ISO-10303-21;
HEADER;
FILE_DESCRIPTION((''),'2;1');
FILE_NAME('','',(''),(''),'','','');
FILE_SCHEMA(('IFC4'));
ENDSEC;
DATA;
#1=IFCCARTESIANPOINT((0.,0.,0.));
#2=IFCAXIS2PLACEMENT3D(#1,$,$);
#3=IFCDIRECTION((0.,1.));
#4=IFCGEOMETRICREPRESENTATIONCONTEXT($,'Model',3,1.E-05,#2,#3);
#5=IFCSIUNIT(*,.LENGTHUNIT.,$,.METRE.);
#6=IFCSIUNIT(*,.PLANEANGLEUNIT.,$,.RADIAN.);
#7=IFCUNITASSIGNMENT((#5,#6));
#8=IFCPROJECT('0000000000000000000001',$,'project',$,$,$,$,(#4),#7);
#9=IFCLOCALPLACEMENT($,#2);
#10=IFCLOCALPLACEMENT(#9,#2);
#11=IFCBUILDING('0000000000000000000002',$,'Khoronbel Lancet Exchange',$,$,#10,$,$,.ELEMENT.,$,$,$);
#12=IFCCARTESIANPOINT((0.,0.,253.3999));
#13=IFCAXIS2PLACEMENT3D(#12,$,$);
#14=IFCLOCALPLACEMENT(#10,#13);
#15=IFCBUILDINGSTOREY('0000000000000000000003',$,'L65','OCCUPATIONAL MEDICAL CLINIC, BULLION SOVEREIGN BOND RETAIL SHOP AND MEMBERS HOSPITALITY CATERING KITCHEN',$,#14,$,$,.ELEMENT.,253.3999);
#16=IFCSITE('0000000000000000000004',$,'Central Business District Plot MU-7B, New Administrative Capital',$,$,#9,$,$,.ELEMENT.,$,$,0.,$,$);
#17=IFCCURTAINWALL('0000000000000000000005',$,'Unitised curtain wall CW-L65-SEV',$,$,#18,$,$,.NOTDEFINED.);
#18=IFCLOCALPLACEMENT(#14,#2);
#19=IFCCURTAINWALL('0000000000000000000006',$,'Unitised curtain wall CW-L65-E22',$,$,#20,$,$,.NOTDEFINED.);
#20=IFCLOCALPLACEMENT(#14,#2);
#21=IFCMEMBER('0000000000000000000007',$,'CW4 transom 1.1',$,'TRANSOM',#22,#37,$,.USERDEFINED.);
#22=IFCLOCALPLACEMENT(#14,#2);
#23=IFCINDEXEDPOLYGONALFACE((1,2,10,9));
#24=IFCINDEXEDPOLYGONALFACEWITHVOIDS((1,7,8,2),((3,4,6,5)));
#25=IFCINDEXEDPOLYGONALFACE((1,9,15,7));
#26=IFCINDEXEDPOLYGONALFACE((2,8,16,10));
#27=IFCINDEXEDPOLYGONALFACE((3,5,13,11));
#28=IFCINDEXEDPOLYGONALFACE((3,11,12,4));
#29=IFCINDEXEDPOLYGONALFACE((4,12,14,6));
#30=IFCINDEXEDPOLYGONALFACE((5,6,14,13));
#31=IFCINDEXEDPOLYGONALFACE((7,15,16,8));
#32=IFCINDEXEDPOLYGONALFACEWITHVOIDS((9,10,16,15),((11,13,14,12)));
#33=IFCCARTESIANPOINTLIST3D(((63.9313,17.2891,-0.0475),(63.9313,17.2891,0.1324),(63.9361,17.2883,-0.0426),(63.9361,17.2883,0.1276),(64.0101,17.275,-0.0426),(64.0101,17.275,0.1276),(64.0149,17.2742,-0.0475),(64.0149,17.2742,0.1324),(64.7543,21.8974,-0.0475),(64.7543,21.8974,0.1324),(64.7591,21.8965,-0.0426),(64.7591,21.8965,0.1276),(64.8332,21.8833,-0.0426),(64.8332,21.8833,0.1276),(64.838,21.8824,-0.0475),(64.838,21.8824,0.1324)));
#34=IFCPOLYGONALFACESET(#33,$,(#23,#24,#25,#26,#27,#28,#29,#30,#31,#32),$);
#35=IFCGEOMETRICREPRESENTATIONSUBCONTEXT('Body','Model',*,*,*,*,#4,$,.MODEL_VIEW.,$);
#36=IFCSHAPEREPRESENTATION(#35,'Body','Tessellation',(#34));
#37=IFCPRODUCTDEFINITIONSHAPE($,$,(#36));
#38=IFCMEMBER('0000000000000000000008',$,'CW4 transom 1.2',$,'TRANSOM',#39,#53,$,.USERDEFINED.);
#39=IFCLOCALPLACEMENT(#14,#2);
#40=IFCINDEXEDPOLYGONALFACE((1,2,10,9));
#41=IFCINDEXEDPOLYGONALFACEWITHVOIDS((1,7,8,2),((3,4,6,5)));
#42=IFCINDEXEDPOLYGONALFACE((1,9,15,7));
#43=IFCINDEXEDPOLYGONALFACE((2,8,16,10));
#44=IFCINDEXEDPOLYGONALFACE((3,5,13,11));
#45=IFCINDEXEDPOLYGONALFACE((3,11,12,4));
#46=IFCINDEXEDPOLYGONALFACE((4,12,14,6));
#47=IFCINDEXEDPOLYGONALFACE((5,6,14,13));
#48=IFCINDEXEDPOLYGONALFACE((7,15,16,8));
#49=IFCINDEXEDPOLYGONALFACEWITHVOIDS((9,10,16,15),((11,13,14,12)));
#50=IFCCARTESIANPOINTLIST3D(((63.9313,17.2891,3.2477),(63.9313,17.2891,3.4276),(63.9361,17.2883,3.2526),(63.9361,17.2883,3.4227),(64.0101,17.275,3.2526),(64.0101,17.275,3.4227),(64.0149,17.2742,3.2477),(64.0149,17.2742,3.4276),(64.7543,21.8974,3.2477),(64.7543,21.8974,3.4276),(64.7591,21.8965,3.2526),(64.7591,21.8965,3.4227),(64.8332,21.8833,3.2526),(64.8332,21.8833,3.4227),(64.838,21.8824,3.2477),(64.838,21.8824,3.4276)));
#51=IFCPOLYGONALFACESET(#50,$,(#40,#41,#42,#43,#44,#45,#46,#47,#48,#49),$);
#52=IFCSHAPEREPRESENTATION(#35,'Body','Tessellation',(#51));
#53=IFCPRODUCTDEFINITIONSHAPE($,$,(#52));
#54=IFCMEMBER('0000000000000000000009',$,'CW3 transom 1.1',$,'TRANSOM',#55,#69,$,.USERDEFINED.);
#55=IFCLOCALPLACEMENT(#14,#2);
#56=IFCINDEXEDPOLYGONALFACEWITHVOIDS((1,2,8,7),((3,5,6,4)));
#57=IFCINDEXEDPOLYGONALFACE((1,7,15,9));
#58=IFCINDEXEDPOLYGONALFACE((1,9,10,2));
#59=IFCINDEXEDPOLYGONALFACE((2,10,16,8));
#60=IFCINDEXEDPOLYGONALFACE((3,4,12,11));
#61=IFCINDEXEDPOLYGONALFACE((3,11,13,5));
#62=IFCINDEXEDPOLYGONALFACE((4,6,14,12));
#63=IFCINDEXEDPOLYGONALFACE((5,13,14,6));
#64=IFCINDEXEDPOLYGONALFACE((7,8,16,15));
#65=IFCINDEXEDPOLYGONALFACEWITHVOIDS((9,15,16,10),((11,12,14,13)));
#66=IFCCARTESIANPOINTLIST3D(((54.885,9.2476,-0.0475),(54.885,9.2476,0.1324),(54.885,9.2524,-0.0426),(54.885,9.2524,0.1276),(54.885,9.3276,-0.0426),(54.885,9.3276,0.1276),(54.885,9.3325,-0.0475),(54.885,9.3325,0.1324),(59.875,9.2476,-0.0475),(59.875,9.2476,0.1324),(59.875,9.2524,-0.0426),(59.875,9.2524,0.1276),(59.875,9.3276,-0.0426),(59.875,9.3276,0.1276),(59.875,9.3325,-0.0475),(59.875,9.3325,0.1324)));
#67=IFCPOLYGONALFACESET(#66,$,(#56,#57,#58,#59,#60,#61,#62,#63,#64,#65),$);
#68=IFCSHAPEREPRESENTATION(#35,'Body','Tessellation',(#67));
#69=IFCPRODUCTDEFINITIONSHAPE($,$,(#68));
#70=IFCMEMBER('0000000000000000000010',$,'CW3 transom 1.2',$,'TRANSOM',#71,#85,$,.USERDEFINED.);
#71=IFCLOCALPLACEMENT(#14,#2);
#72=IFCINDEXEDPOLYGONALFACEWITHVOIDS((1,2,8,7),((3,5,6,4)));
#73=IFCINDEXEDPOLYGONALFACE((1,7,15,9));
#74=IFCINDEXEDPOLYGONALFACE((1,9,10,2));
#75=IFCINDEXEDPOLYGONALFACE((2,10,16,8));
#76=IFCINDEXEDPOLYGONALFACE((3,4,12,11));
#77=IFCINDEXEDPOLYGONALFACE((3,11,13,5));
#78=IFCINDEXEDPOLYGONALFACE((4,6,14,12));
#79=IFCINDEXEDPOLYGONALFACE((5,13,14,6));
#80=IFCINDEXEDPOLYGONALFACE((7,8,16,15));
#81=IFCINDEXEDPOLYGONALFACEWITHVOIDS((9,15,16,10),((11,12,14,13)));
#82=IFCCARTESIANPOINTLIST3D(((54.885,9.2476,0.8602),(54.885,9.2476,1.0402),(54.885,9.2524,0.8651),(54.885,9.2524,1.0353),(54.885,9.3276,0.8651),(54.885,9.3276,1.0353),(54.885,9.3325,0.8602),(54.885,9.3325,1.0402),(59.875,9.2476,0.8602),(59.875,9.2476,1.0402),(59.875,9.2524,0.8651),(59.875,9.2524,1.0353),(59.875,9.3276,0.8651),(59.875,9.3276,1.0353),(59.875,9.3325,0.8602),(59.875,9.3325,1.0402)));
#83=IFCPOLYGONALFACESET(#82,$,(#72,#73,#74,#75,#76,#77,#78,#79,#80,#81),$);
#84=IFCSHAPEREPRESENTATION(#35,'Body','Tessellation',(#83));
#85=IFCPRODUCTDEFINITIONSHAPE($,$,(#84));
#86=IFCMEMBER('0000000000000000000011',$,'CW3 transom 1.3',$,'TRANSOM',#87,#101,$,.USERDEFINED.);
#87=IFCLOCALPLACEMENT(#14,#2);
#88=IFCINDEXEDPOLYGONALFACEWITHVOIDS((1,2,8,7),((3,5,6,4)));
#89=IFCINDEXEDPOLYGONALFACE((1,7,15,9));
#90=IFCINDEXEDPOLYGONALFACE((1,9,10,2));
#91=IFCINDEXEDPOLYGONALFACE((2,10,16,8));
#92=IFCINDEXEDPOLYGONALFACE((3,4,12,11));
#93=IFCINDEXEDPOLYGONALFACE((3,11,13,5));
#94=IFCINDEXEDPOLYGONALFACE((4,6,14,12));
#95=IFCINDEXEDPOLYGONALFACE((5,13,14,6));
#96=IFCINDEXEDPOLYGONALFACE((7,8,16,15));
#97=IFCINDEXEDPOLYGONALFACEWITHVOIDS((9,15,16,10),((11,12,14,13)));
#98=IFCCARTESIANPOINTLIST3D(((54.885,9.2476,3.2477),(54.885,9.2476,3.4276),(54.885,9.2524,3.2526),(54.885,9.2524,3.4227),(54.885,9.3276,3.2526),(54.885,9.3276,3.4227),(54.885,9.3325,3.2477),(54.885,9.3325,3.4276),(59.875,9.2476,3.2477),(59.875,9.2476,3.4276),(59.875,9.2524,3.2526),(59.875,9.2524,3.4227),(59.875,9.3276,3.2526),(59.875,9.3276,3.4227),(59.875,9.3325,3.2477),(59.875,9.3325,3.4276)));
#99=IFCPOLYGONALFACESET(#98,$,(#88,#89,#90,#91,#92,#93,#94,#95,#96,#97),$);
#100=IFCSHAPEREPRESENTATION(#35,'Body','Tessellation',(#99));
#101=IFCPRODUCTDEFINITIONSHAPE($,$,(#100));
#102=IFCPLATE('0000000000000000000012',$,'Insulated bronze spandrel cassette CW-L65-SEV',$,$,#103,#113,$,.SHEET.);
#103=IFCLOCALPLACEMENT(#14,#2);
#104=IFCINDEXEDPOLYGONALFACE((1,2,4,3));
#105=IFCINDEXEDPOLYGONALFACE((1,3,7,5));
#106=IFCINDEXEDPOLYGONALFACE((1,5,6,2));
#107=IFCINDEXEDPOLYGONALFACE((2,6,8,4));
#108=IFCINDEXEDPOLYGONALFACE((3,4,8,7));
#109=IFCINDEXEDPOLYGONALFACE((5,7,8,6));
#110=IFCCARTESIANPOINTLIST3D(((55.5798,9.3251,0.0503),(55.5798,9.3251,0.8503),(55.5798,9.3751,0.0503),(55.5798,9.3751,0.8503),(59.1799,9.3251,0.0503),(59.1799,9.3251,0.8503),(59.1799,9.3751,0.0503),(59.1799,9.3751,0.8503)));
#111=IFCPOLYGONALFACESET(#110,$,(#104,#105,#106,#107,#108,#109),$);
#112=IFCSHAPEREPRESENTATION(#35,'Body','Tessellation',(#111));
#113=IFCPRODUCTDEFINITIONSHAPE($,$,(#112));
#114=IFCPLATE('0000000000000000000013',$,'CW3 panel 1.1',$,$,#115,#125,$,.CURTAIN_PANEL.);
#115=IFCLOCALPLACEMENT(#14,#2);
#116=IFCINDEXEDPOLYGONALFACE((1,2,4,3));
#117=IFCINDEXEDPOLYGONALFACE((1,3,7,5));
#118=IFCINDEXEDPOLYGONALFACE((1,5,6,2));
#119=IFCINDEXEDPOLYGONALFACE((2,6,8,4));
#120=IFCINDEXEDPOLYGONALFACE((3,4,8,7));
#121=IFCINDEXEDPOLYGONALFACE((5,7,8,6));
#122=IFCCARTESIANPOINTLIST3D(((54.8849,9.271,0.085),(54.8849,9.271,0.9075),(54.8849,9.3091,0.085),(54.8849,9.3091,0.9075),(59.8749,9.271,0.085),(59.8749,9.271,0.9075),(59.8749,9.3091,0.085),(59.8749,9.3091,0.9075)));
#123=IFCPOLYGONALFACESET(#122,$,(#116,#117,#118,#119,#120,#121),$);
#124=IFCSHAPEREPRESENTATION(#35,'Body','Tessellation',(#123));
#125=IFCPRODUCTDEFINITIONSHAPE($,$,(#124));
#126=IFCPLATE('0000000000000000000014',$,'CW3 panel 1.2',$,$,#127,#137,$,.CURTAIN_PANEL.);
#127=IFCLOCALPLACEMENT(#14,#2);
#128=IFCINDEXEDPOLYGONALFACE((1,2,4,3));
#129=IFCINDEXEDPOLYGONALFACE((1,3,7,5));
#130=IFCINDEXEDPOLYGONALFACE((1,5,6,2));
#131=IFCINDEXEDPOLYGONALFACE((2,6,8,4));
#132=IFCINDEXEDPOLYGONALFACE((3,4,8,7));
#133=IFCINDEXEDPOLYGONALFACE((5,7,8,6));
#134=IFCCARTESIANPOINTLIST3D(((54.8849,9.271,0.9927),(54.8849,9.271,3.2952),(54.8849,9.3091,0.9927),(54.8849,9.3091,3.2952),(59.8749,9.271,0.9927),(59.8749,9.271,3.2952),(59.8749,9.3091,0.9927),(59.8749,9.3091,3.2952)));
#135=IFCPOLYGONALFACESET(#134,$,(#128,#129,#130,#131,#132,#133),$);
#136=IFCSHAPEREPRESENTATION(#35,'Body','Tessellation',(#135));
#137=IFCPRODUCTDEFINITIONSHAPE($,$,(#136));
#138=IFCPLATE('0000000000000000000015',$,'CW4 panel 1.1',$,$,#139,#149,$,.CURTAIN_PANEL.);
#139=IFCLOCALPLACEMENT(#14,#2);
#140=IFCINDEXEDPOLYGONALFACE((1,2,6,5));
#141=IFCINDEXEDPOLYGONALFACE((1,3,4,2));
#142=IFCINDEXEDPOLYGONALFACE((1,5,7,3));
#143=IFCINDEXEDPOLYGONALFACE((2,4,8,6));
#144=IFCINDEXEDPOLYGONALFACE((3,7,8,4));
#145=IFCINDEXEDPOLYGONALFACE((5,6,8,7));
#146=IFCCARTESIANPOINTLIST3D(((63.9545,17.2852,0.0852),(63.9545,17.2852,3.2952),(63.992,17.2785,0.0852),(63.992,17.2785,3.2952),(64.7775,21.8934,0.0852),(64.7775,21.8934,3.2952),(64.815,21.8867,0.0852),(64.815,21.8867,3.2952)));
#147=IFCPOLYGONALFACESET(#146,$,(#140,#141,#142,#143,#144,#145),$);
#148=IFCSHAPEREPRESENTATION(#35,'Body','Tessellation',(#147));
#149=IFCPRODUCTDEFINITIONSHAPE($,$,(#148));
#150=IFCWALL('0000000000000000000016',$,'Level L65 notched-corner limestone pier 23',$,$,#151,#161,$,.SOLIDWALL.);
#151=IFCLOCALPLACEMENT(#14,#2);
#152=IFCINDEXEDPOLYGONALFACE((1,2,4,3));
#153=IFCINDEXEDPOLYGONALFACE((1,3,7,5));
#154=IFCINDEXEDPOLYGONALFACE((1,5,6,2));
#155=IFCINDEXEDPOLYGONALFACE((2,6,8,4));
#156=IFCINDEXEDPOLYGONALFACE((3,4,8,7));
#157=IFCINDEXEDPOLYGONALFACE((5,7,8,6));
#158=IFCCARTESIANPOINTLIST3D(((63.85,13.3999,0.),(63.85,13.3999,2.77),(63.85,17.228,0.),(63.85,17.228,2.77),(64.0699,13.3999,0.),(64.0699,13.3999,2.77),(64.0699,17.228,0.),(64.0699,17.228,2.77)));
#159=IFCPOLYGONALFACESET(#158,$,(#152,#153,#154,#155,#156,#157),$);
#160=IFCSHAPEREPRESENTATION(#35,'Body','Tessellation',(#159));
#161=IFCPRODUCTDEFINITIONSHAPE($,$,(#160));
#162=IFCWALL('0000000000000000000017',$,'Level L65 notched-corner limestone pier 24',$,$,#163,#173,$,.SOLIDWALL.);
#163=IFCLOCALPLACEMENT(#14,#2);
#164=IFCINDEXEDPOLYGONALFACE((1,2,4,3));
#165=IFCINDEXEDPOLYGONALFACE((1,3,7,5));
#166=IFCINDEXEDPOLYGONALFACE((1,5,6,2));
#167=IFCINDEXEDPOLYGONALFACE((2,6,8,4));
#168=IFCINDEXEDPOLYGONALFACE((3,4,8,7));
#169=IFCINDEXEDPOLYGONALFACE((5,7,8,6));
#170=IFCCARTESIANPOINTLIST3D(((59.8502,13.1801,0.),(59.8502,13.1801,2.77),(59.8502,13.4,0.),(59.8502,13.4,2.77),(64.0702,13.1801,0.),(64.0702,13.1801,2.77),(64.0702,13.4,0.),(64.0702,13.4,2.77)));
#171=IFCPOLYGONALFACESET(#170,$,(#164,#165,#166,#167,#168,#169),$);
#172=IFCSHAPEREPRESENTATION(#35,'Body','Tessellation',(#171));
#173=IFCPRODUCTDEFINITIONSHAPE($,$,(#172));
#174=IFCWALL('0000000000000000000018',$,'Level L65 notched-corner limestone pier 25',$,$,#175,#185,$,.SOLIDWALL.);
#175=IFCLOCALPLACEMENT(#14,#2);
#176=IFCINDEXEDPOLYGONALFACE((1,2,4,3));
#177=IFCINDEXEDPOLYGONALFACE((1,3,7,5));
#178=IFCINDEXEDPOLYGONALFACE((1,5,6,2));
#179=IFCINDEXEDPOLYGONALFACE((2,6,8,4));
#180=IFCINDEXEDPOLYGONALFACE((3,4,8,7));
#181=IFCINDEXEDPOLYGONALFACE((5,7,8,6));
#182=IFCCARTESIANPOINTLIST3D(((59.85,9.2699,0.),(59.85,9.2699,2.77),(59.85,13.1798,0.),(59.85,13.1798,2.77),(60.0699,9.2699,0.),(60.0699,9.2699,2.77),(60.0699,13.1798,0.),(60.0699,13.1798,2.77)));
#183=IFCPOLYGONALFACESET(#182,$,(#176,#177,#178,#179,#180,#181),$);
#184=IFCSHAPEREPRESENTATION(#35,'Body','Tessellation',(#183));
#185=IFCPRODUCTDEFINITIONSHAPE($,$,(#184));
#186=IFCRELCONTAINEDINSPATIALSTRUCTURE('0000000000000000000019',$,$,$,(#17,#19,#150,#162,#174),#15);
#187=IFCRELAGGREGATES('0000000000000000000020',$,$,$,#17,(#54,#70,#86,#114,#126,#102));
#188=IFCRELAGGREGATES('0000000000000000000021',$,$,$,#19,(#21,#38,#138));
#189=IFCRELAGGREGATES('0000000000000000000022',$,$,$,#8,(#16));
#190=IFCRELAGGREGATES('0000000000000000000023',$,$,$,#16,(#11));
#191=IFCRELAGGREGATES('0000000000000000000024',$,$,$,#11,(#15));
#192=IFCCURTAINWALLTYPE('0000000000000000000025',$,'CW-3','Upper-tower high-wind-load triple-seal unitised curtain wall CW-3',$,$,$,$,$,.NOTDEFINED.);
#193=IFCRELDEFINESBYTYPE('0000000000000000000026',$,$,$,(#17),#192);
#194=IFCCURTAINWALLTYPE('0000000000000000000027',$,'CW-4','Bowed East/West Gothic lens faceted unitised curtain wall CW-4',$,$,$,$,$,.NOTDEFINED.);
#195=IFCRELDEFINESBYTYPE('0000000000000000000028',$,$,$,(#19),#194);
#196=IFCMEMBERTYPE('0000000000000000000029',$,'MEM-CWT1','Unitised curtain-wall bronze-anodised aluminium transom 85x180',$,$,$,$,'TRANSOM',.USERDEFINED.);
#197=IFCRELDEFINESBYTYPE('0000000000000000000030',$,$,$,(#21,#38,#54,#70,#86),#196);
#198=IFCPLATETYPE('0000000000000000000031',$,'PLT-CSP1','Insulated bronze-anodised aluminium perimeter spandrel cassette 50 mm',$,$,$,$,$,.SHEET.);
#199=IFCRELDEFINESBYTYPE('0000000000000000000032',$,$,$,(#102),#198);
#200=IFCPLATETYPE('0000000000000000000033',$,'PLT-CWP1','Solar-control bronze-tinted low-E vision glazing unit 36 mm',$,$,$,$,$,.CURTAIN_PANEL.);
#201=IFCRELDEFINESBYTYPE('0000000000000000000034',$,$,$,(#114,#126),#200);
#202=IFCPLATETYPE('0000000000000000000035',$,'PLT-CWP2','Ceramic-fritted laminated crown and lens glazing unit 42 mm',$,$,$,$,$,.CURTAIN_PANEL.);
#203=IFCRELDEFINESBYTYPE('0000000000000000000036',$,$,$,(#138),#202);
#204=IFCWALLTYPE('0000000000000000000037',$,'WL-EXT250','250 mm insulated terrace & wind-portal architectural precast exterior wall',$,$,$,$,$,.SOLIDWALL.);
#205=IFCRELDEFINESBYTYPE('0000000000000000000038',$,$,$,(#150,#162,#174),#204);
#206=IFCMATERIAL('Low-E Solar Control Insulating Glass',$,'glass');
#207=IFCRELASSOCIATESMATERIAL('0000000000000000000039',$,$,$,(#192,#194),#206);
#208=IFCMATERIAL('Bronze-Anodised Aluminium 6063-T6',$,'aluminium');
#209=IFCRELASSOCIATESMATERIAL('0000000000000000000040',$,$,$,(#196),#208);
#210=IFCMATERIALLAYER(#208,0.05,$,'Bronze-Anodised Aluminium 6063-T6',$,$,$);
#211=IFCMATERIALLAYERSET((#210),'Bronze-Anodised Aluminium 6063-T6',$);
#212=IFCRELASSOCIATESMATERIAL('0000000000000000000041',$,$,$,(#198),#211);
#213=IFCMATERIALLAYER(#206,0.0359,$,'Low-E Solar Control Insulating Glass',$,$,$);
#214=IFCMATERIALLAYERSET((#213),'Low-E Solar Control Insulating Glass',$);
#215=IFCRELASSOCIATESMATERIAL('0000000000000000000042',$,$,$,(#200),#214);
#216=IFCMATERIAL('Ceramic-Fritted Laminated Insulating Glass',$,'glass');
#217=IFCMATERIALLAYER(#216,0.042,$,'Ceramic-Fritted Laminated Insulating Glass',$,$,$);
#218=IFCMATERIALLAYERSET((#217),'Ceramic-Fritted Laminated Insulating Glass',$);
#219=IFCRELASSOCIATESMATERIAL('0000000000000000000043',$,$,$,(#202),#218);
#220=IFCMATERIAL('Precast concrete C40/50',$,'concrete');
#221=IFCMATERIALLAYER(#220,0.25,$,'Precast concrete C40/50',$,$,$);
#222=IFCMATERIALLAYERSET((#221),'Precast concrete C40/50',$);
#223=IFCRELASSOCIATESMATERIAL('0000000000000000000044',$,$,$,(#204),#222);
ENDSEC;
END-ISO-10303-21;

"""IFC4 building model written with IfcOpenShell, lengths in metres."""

from ifc_helpers import new_model, si_unit, direction, frame, frame_2d, origin, origin_2d, place, context, subcontext, project, spatial, rectangle, hollow_rectangle, extrude, material, layer, layer_set, material_profile, profile_set, type_object, element, aggregate, save


model = new_model("IFC4")

# Units and contexts
model_context = context("Model", 3, precision=1e-05, world=origin(), true_north=direction((0.0, 1.0)))
body_context = subcontext(model_context, "Body", "Model", "MODEL_VIEW")
ifc_project = project(units=[si_unit("LENGTHUNIT", "METRE"), si_unit("PLANEANGLEUNIT", "RADIAN")], contexts=[model_context])

# Site, building, storey
site_placement = place(None, origin())
site = spatial("IfcSite", under=ifc_project, at=site_placement, Name="Central Business District Plot MU-7B, New Administrative Capital", CompositionType="ELEMENT", RefElevation=0.0)
building_placement = place(site_placement, origin())
building = spatial("IfcBuilding", under=site, at=building_placement, Name="Khoronbel Lancet Exchange", CompositionType="ELEMENT")
storey_placement = place(building_placement, frame((0.0, 0.0, 253.3999)))
storey = spatial("IfcBuildingStorey", under=building, at=storey_placement, Name="L65", Description="OCCUPATIONAL MEDICAL CLINIC, BULLION SOVEREIGN BOND RETAIL SHOP AND MEMBERS HOSPITALITY CATERING KITCHEN", CompositionType="ELEMENT", Elevation=253.3999)

# Shared definitions
ifc_material_1 = material(Name="Low-E Solar Control Insulating Glass", Category="glass")
curtain_wall_type_1 = type_object("IfcCurtainWallType", Name="CW-3", Description="Upper-tower high-wind-load triple-seal unitised curtain wall CW-3", PredefinedType="NOTDEFINED", material=ifc_material_1)
ifc_material_2 = material(Name="Bronze-Anodised Aluminium 6063-T6", Category="aluminium")

# Curtain walls, members
curtain_wall_1_placement = place(storey_placement, origin())
curtain_wall_1 = element("IfcCurtainWall", 1, at=curtain_wall_1_placement, inside=storey, type_object=curtain_wall_type_1, Name="Unitised curtain wall CW-L65-SEV", PredefinedType="NOTDEFINED")
curtain_wall_type_2 = type_object("IfcCurtainWallType", Name="CW-4", Description="Bowed East/West Gothic lens faceted unitised curtain wall CW-4", PredefinedType="NOTDEFINED", material=ifc_material_1)
curtain_wall_2_placement = place(storey_placement, origin())
curtain_wall_2 = element("IfcCurtainWall", 2, at=curtain_wall_2_placement, inside=storey, type_object=curtain_wall_type_2, Name="Unitised curtain wall CW-L65-E22", PredefinedType="NOTDEFINED")
ifc_material_profile_1 = material_profile(ifc_material_2, hollow_rectangle(XDim=0.085, YDim=0.1799, WallThickness=0.0049, at=origin_2d()), Name="ALU TRANSOM 85x180")
ifc_profile_set_1 = profile_set([ifc_material_profile_1], Name="Bronze-Anodised Aluminium 6063-T6")
member_type_1 = type_object("IfcMemberType", Name="MEM-CWT1", Description="Unitised curtain-wall bronze-anodised aluminium transom 85x180", ElementType="TRANSOM", PredefinedType="USERDEFINED", material=ifc_profile_set_1)
member_1_placement = place(storey_placement, frame((64.7961, 21.8899, 0.0425), z_axis=(-0.175814, -0.984423, 0.0), x_axis=(0.984423, -0.175814, 0.0)))
member_1 = element("IfcMember", 3, at=member_1_placement, type_object=member_type_1, Name="CW4 transom 1.1", ObjectType="TRANSOM", PredefinedType="USERDEFINED", context=body_context, shape_type="SweptSolid", body=[
    extrude(hollow_rectangle(XDim=0.085, YDim=0.1799, WallThickness=0.0049, at=origin_2d()), origin(), (0.0, 0.0, 1.0), 4.6812),
])
member_2_placement = place(storey_placement, frame((64.7961, 21.8899, 3.3376), z_axis=(-0.175814, -0.984423, 0.0), x_axis=(0.984423, -0.175814, 0.0)))
member_2 = element("IfcMember", 4, at=member_2_placement, type_object=member_type_1, Name="CW4 transom 1.2", ObjectType="TRANSOM", PredefinedType="USERDEFINED", context=body_context, shape_type="SweptSolid", body=[
    extrude(hollow_rectangle(XDim=0.085, YDim=0.1799, WallThickness=0.0049, at=origin_2d()), origin(), (0.0, 0.0, 1.0), 4.6812),
])

# Members
member_3_placement = place(storey_placement, frame((54.885, 9.29, 0.0425), z_axis=(1.0, 0.0, 0.0), x_axis=(0.0, 1.0, 0.0)))
member_3 = element("IfcMember", 5, at=member_3_placement, type_object=member_type_1, Name="CW3 transom 1.1", ObjectType="TRANSOM", PredefinedType="USERDEFINED", context=body_context, shape_type="SweptSolid", body=[
    extrude(hollow_rectangle(XDim=0.085, YDim=0.1799, WallThickness=0.0049, at=origin_2d()), origin(), (0.0, 0.0, 1.0), 4.99),
])
member_4_placement = place(storey_placement, frame((54.885, 9.29, 0.9502), z_axis=(1.0, 0.0, 0.0), x_axis=(0.0, 1.0, 0.0)))
member_4 = element("IfcMember", 6, at=member_4_placement, type_object=member_type_1, Name="CW3 transom 1.2", ObjectType="TRANSOM", PredefinedType="USERDEFINED", context=body_context, shape_type="SweptSolid", body=[
    extrude(hollow_rectangle(XDim=0.085, YDim=0.1799, WallThickness=0.0049, at=origin_2d()), origin(), (0.0, 0.0, 1.0), 4.99),
])
member_5_placement = place(storey_placement, frame((54.885, 9.29, 3.3376), z_axis=(1.0, 0.0, 0.0), x_axis=(0.0, 1.0, 0.0)))
member_5 = element("IfcMember", 7, at=member_5_placement, type_object=member_type_1, Name="CW3 transom 1.3", ObjectType="TRANSOM", PredefinedType="USERDEFINED", context=body_context, shape_type="SweptSolid", body=[
    extrude(hollow_rectangle(XDim=0.085, YDim=0.1799, WallThickness=0.0049, at=origin_2d()), origin(), (0.0, 0.0, 1.0), 4.99),
])

# Plates
ifc_layer_1 = layer(ifc_material_2, 0.05, Name="Bronze-Anodised Aluminium 6063-T6")
ifc_layer_set_1 = layer_set([ifc_layer_1], Name="Bronze-Anodised Aluminium 6063-T6")
plate_type_1 = type_object("IfcPlateType", Name="PLT-CSP1", Description="Insulated bronze-anodised aluminium perimeter spandrel cassette 50 mm", PredefinedType="SHEET", material=ifc_layer_set_1)
plate_1_placement = place(storey_placement, frame((57.3799, 9.3501, 0.0503), z_axis=(0.0, 0.0, 1.0), x_axis=(1.0, 0.0, 0.0)))
plate_1 = element("IfcPlate", 8, at=plate_1_placement, type_object=plate_type_1, Name="Insulated bronze spandrel cassette CW-L65-SEV", PredefinedType="SHEET", context=body_context, shape_type="SweptSolid", body=[
    extrude(rectangle(XDim=3.6001, YDim=0.05, at=origin_2d()), origin(), (0.0, 0.0, 1.0), 0.8),
])
ifc_layer_2 = layer(ifc_material_1, 0.0359, Name="Low-E Solar Control Insulating Glass")
ifc_layer_set_2 = layer_set([ifc_layer_2], Name="Low-E Solar Control Insulating Glass")
plate_type_2 = type_object("IfcPlateType", Name="PLT-CWP1", Description="Solar-control bronze-tinted low-E vision glazing unit 36 mm", PredefinedType="CURTAIN_PANEL", material=ifc_layer_set_2)
plate_2_placement = place(storey_placement, frame((57.3799, 9.29, 0.085), z_axis=(0.0, 0.0, 1.0), x_axis=(1.0, 0.0, 0.0)))
plate_2 = element("IfcPlate", 9, at=plate_2_placement, type_object=plate_type_2, Name="CW3 panel 1.1", PredefinedType="CURTAIN_PANEL", context=body_context, shape_type="SweptSolid", body=[
    extrude(rectangle(XDim=4.99, YDim=0.0381, at=origin_2d()), origin(), (0.0, 0.0, 1.0), 0.8225),
])
plate_3_placement = place(storey_placement, frame((57.3799, 9.29, 0.9927), z_axis=(0.0, 0.0, 1.0), x_axis=(1.0, 0.0, 0.0)))
plate_3 = element("IfcPlate", 10, at=plate_3_placement, type_object=plate_type_2, Name="CW3 panel 1.2", PredefinedType="CURTAIN_PANEL", context=body_context, shape_type="SweptSolid", body=[
    extrude(rectangle(XDim=4.99, YDim=0.0381, at=origin_2d()), origin(), (0.0, 0.0, 1.0), 2.3025),
])
aggregate(curtain_wall_1, [member_3, member_4, member_5, plate_2, plate_3, plate_1])
ifc_material_3 = material(Name="Ceramic-Fritted Laminated Insulating Glass", Category="glass")
ifc_layer_3 = layer(ifc_material_3, 0.042, Name="Ceramic-Fritted Laminated Insulating Glass")
ifc_layer_set_3 = layer_set([ifc_layer_3], Name="Ceramic-Fritted Laminated Insulating Glass")
plate_type_3 = type_object("IfcPlateType", Name="PLT-CWP2", Description="Ceramic-fritted laminated crown and lens glazing unit 42 mm", PredefinedType="CURTAIN_PANEL", material=ifc_layer_set_3)
plate_4_placement = place(storey_placement, frame((64.3848, 19.5859, 0.0852), z_axis=(0.0, 0.0, 1.0), x_axis=(-0.175801, -0.984426, 0.0)))
plate_4 = element("IfcPlate", 11, at=plate_4_placement, type_object=plate_type_3, Name="CW4 panel 1.1", PredefinedType="CURTAIN_PANEL", context=body_context, shape_type="SweptSolid", body=[
    extrude(rectangle(XDim=4.6812, YDim=0.0381, at=origin_2d()), origin(), (0.0, 0.0, 1.0), 3.21),
])
aggregate(curtain_wall_2, [member_1, member_2, plate_4])

# Walls
ifc_material_4 = material(Name="Precast concrete C40/50", Category="concrete")
ifc_layer_4 = layer(ifc_material_4, 0.25, Name="Precast concrete C40/50")
ifc_layer_set_4 = layer_set([ifc_layer_4], Name="Precast concrete C40/50")
wall_type_1 = type_object("IfcWallType", Name="WL-EXT250", Description="250 mm insulated terrace & wind-portal architectural precast exterior wall", PredefinedType="SOLIDWALL", material=ifc_layer_set_4)
wall_1_placement = place(storey_placement, frame((63.96, 17.228, 0.0), z_axis=(0.0, 0.0, 1.0), x_axis=(0.0, -1.0, 0.0)))
element("IfcWall", 12, at=wall_1_placement, inside=storey, type_object=wall_type_1, Name="Level L65 notched-corner limestone pier 23", PredefinedType="SOLIDWALL", context=body_context, shape_type="SweptSolid", body=[
    extrude(rectangle(XDim=3.8281, YDim=0.22, at=frame_2d((1.9141, 0.0))), origin(), (0.0, 0.0, 1.0), 2.77),
])
wall_2_placement = place(storey_placement, frame((64.0701, 13.29, 0.0), z_axis=(0.0, 0.0, 1.0), x_axis=(-1.0, 0.0, 0.0)))
element("IfcWall", 13, at=wall_2_placement, inside=storey, type_object=wall_type_1, Name="Level L65 notched-corner limestone pier 24", PredefinedType="SOLIDWALL", context=body_context, shape_type="SweptSolid", body=[
    extrude(rectangle(XDim=4.22, YDim=0.22, at=frame_2d((2.1099, 0.0))), origin(), (0.0, 0.0, 1.0), 2.77),
])
wall_3_placement = place(storey_placement, frame((59.96, 13.1799, 0.0), z_axis=(0.0, 0.0, 1.0), x_axis=(0.0, -1.0, 0.0)))
element("IfcWall", 14, at=wall_3_placement, inside=storey, type_object=wall_type_1, Name="Level L65 notched-corner limestone pier 25", PredefinedType="SOLIDWALL", context=body_context, shape_type="SweptSolid", body=[
    extrude(rectangle(XDim=3.9099, YDim=0.22, at=frame_2d((1.9551, 0.0))), origin(), (0.0, 0.0, 1.0), 2.77),
])

save(model, "model.ifc")
